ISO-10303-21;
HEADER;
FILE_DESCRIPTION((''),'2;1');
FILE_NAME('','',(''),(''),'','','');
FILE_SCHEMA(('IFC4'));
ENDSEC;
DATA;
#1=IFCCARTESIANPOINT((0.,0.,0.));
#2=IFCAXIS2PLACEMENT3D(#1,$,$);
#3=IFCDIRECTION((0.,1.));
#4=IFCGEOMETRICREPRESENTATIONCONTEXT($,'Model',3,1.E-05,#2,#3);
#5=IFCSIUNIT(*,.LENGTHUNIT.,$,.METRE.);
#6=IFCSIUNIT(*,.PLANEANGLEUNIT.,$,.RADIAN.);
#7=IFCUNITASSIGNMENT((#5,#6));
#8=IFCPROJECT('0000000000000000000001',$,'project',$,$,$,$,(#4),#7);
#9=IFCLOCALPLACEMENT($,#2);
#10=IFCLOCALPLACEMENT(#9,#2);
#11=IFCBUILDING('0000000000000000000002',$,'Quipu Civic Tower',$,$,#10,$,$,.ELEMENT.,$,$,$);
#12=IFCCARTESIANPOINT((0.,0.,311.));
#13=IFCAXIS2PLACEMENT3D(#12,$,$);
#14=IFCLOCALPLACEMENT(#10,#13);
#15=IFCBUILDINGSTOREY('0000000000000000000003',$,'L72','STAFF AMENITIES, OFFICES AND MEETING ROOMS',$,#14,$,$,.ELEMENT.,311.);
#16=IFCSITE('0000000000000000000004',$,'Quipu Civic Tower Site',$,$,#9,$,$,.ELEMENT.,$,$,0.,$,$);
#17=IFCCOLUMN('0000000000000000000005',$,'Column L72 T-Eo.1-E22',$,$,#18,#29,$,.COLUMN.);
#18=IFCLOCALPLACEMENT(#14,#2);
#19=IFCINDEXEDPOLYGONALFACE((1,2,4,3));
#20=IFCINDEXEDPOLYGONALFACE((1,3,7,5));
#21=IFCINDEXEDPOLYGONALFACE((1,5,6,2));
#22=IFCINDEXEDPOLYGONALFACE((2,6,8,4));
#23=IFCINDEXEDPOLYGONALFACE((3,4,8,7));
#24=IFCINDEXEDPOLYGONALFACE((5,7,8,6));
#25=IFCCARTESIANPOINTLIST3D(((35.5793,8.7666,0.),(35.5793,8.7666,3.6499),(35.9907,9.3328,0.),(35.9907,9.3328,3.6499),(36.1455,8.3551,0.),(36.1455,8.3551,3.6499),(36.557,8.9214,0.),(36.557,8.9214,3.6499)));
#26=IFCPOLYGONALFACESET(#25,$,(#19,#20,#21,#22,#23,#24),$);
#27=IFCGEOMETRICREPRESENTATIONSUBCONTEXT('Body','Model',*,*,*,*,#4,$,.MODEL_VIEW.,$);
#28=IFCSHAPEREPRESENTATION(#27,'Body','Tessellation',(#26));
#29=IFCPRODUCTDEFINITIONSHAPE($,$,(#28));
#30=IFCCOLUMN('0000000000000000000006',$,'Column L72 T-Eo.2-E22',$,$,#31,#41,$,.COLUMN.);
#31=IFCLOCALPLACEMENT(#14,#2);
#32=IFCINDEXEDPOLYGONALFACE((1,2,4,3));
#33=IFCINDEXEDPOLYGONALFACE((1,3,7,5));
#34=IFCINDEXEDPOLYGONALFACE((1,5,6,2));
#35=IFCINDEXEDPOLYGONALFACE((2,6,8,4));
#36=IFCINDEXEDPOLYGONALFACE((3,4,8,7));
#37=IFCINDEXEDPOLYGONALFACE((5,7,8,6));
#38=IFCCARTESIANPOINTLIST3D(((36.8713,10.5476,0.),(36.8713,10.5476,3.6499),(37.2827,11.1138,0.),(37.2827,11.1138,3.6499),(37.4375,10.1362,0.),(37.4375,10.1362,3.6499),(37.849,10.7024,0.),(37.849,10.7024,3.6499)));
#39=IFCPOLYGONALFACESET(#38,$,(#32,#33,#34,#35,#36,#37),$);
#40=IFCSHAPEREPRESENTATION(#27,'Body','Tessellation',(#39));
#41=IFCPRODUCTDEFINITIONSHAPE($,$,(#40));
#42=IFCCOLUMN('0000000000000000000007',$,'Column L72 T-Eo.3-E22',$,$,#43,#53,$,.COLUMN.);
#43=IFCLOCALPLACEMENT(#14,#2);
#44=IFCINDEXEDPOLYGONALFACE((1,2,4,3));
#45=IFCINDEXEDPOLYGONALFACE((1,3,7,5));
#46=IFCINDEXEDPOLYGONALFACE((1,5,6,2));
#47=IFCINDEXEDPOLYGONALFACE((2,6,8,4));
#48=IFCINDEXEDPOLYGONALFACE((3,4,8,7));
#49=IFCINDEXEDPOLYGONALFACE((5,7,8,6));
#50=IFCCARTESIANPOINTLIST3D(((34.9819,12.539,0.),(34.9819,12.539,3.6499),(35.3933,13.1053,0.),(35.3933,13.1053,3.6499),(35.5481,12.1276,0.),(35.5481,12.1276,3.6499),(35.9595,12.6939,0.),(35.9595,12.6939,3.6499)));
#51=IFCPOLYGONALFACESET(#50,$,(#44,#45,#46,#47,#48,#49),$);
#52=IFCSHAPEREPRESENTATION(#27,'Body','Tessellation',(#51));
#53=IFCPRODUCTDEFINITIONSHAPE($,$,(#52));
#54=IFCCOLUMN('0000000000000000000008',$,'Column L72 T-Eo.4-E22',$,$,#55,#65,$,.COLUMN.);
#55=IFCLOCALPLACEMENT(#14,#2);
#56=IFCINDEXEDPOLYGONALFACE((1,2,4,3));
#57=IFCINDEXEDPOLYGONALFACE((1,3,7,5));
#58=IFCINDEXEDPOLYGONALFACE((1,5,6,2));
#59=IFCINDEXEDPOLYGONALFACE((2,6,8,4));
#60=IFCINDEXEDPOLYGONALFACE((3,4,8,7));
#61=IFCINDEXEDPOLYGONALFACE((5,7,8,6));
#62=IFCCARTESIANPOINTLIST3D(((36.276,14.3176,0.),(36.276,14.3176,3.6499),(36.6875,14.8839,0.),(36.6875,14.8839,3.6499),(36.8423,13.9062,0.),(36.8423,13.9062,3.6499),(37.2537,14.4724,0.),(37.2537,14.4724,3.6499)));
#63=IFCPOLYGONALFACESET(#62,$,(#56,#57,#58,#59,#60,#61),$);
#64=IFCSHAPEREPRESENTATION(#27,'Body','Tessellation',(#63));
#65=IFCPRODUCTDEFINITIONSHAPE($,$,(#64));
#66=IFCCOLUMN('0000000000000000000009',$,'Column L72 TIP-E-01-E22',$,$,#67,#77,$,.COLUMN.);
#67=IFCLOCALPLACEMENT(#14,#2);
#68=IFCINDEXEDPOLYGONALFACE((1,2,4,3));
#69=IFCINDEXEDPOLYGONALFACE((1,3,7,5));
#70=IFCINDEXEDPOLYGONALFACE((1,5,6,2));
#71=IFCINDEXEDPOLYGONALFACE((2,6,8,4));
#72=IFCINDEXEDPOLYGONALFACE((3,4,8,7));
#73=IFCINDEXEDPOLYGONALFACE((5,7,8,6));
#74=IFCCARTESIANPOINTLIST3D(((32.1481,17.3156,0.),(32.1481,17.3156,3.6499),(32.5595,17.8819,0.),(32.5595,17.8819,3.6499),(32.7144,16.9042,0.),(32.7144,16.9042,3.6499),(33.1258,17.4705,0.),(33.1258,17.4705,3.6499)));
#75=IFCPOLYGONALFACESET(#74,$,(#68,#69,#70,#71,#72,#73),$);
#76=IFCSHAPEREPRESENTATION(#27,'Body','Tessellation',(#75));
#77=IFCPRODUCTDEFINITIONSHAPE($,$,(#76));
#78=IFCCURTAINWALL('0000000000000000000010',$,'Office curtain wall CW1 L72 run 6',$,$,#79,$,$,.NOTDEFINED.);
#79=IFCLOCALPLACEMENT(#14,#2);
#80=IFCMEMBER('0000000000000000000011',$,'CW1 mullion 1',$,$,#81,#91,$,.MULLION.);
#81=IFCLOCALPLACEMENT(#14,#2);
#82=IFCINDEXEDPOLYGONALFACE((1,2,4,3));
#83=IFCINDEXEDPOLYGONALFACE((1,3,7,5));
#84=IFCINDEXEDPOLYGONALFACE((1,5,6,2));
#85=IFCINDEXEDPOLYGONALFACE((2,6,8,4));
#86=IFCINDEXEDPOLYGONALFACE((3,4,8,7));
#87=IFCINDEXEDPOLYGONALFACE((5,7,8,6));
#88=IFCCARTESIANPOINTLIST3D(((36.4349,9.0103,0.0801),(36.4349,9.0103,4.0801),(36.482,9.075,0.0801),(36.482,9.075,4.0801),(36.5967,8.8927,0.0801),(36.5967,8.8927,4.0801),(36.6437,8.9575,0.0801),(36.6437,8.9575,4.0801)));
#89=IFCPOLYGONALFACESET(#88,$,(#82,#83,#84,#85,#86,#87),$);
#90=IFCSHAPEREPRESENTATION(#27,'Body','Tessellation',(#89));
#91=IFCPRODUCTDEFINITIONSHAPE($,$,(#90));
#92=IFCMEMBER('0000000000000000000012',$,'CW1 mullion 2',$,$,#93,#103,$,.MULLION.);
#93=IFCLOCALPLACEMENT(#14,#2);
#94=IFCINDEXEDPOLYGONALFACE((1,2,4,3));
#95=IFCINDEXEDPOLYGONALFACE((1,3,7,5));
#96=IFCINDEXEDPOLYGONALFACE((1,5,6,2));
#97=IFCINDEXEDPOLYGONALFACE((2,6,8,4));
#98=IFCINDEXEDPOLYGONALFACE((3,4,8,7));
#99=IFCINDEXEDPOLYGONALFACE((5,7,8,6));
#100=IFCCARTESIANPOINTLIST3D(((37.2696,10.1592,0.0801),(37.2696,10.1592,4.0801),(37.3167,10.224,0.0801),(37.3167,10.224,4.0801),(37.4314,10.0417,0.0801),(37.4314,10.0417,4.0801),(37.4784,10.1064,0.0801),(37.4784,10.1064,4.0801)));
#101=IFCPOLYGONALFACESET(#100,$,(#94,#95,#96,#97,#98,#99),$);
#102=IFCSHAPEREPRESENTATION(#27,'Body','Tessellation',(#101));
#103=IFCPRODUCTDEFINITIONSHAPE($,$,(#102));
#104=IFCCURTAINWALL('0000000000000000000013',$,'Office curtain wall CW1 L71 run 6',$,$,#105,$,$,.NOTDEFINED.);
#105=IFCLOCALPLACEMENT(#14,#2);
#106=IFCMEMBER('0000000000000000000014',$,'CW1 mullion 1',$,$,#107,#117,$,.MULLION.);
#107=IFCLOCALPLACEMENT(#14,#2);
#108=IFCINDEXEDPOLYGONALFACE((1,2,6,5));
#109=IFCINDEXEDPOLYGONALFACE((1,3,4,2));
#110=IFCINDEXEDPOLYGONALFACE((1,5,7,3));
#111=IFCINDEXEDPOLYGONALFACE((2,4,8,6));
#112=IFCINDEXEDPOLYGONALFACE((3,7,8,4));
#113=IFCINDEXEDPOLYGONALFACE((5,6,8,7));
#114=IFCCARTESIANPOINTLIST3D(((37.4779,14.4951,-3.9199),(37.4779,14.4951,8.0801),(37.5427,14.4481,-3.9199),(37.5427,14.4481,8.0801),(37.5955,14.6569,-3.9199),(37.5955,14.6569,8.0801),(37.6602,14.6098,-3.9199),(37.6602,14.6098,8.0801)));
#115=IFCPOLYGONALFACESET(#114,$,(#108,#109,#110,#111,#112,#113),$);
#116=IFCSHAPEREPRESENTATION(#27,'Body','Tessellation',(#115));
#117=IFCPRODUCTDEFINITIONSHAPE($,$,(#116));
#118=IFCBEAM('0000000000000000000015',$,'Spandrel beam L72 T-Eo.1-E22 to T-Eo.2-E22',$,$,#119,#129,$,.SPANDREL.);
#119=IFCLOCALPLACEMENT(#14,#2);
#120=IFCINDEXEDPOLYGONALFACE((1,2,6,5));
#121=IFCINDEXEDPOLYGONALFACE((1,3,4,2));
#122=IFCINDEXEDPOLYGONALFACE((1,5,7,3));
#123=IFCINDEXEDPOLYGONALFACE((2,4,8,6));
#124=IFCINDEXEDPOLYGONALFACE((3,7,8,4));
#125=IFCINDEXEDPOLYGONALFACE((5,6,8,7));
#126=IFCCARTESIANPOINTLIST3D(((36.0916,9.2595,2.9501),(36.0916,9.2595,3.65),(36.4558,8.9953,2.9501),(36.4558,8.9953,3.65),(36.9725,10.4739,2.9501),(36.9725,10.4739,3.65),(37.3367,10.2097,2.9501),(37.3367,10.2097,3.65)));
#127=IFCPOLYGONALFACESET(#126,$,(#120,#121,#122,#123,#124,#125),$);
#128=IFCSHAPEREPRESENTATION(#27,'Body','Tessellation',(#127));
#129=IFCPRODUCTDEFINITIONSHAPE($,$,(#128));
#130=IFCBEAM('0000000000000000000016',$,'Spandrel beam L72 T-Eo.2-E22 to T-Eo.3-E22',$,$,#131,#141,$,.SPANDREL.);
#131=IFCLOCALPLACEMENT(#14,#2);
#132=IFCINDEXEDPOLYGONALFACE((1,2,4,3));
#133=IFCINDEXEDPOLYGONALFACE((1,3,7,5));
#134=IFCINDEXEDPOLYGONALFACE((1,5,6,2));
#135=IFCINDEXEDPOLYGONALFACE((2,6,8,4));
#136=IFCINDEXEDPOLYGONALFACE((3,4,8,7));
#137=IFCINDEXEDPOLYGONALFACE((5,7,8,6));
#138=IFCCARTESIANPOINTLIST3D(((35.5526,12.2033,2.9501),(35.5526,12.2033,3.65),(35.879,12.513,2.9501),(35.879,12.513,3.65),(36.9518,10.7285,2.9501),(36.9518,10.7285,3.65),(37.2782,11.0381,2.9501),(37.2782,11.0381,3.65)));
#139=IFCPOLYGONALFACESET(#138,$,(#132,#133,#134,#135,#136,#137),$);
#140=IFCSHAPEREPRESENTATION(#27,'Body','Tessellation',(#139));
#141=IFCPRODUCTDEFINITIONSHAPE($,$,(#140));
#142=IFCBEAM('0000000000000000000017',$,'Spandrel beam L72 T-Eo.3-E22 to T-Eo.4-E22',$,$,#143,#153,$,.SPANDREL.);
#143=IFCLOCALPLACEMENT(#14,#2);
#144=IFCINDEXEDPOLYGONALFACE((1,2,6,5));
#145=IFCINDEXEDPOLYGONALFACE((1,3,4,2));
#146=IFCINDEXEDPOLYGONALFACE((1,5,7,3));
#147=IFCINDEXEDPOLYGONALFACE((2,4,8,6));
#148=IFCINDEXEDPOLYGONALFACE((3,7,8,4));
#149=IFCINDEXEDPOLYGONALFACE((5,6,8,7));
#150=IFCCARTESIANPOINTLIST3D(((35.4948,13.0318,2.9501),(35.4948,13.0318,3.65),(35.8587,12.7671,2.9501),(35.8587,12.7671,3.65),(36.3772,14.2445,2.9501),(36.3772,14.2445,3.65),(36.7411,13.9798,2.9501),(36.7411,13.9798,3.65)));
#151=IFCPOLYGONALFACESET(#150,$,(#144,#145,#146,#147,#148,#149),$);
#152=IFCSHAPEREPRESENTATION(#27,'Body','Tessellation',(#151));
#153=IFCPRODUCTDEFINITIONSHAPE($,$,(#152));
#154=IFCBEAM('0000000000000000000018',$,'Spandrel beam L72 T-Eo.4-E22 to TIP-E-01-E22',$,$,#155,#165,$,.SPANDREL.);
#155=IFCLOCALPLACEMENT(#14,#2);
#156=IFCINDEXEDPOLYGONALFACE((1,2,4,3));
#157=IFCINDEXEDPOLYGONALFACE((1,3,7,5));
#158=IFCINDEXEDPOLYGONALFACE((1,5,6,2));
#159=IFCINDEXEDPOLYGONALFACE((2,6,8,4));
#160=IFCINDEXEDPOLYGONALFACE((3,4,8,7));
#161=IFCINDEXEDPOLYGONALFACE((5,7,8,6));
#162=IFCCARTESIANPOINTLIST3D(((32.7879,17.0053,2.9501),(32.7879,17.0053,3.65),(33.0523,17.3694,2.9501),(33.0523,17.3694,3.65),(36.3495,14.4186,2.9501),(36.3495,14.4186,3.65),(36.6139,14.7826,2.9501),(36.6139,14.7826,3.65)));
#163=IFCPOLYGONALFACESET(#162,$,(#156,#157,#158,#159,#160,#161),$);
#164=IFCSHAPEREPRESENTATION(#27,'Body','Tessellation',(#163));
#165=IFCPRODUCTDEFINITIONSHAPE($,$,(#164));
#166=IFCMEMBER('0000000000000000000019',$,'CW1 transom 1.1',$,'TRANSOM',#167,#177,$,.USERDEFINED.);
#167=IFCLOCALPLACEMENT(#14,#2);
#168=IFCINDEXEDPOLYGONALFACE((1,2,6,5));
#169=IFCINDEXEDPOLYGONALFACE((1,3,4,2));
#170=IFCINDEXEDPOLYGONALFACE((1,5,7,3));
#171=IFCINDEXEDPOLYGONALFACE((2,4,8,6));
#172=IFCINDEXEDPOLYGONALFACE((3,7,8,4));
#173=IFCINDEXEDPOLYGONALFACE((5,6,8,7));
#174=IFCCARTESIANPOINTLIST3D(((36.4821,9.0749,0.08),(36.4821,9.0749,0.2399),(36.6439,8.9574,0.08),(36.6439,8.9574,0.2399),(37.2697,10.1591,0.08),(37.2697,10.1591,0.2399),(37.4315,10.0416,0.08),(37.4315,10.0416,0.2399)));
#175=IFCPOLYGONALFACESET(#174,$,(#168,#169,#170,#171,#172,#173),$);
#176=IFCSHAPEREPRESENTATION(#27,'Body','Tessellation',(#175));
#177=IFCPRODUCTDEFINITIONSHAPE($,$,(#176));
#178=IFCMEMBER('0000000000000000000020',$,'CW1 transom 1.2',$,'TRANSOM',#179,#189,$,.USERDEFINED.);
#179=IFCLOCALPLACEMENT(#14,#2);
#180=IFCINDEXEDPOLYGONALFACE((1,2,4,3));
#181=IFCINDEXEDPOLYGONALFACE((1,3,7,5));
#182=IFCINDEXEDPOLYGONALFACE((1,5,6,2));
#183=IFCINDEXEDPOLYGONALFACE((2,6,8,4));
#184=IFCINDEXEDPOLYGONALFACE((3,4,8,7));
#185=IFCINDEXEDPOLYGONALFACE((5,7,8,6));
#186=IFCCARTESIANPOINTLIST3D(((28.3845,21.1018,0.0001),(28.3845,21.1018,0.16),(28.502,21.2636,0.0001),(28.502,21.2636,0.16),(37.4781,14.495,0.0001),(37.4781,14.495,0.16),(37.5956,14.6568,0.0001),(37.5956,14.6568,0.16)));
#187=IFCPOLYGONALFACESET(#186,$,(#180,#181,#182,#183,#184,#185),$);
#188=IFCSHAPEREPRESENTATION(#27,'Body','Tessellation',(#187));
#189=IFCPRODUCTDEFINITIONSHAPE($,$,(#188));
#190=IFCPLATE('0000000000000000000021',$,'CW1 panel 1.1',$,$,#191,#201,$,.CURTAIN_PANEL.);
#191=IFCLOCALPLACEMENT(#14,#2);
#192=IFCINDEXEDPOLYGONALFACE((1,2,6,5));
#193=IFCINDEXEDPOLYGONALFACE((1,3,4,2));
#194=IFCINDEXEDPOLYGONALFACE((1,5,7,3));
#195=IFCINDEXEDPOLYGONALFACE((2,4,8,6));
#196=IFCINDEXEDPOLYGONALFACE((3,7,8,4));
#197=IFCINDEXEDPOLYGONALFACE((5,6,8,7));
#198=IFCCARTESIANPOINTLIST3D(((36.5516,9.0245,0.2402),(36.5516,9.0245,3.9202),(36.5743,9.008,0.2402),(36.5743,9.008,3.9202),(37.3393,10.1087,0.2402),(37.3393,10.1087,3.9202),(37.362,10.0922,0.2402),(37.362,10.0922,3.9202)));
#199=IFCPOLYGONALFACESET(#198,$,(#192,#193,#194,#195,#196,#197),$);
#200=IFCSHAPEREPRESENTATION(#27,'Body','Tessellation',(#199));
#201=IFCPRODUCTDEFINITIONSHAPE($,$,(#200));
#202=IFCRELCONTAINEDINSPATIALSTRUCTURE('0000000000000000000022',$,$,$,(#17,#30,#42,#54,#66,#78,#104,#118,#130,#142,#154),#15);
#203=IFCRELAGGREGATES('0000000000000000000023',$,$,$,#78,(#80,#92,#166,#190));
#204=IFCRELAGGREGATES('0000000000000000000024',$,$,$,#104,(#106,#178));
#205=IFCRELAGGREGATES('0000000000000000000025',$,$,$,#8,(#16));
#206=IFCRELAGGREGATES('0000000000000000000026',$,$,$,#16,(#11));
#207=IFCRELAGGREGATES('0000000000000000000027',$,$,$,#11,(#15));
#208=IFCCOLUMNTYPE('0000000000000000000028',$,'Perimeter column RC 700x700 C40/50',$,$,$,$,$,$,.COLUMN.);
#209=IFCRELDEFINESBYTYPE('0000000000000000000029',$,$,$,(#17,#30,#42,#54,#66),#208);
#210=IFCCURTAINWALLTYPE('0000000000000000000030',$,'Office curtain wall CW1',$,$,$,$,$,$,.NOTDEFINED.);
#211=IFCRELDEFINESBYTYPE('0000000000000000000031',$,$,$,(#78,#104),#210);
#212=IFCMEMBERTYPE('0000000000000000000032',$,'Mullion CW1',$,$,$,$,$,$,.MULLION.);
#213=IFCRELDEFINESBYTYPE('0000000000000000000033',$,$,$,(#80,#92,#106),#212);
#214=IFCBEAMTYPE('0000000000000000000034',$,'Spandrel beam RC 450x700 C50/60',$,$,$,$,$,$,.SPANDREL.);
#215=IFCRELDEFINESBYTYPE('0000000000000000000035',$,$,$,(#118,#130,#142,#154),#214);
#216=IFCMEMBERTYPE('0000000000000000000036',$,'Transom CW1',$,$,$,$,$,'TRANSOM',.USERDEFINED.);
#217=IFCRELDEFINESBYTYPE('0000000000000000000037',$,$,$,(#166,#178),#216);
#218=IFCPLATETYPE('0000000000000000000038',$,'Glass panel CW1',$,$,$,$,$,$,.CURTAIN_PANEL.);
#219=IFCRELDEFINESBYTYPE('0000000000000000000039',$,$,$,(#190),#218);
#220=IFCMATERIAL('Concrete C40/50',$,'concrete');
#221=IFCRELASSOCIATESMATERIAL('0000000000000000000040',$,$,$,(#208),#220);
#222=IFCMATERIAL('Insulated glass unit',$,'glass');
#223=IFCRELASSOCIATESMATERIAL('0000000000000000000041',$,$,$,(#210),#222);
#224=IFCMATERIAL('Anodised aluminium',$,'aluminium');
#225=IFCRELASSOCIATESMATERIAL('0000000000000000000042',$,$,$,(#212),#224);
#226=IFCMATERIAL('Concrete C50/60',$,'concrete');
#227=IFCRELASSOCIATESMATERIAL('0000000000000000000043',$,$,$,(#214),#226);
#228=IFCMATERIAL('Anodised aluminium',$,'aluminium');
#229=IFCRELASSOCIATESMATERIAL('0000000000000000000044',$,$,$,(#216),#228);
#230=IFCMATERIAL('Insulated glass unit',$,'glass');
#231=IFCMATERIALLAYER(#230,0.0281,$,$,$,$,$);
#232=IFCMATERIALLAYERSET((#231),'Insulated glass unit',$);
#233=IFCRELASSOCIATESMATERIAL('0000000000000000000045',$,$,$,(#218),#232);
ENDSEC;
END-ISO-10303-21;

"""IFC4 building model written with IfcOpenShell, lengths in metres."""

from ifc_helpers import new_model, si_unit, direction, frame, origin, origin_2d, place, context, subcontext, project, spatial, rectangle, extrude, material, layer, layer_set, material_profile, profile_set, type_object, element, aggregate, save


model = new_model("IFC4")

# Units and contexts
model_context = context("Model", 3, precision=1e-05, world=origin(), true_north=direction((0.0, 1.0)))
body_context = subcontext(model_context, "Body", "Model", "MODEL_VIEW")
ifc_project = project(units=[si_unit("LENGTHUNIT", "METRE"), si_unit("PLANEANGLEUNIT", "RADIAN")], contexts=[model_context])

# Site, building, storey
site_placement = place(None, origin())
site = spatial("IfcSite", under=ifc_project, at=site_placement, Name="Quipu Civic Tower Site", CompositionType="ELEMENT", RefElevation=0.0)
building_placement = place(site_placement, origin())
building = spatial("IfcBuilding", under=site, at=building_placement, Name="Quipu Civic Tower", CompositionType="ELEMENT")
storey_placement = place(building_placement, frame((0.0, 0.0, 311.0)))
storey = spatial("IfcBuildingStorey", under=building, at=storey_placement, Name="L72", Description="STAFF AMENITIES, OFFICES AND MEETING ROOMS", CompositionType="ELEMENT", Elevation=311.0)

# Columns
ifc_material_1 = material(Name="Concrete C40/50", Category="concrete")
ifc_material_profile_1 = material_profile(ifc_material_1, rectangle(XDim=0.7, YDim=0.7, at=origin_2d()), Name="RC700x700")
ifc_profile_set_1 = profile_set([ifc_material_profile_1], Name="Concrete C40/50")
column_type = type_object("IfcColumnType", Name="Perimeter column RC 700x700 C40/50", PredefinedType="COLUMN", material=ifc_profile_set_1)
for number, where, z_axis, x_axis, name in (
    (1, (36.0681, 8.844, 0.0), (0.0, 0.0, 1.0), (0.587785, 0.809017, 0.0), "Column L72 T-Eo.1-E22"),
    (2, (37.3601, 10.625, 0.0), (0.0, 0.0, 1.0), (0.587785, 0.809017, 0.0), "Column L72 T-Eo.2-E22"),
    (3, (35.4707, 12.6165, 0.0), (0.0, 0.0, 1.0), (-0.809017, 0.587785, 0.0), "Column L72 T-Eo.3-E22"),
    (4, (36.7649, 14.395, 0.0), (0.0, 0.0, 1.0), (-0.809017, 0.587785, 0.0), "Column L72 T-Eo.4-E22"),
    (5, (32.637, 17.3931, 0.0), (0.0, 0.0, 1.0), (-0.809017, 0.587785, 0.0), "Column L72 TIP-E-01-E22"),
):
    element("IfcColumn", number, at=place(storey_placement, frame(where, z_axis=z_axis, x_axis=x_axis)), inside=storey, type_object=column_type, Name=name, PredefinedType="COLUMN", context=body_context, shape_type="SweptSolid", body=[
        extrude(rectangle(XDim=0.7, YDim=0.7, at=origin_2d()), origin(), (0.0, 0.0, 1.0), 3.6499),
    ])

# Curtain wall, members
ifc_material_2 = material(Name="Insulated glass unit", Category="glass")
curtain_wall_type = type_object("IfcCurtainWallType", Name="Office curtain wall CW1", PredefinedType="NOTDEFINED", material=ifc_material_2)
curtain_wall_1_placement = place(storey_placement, origin())
curtain_wall_1 = element("IfcCurtainWall", 6, at=curtain_wall_1_placement, inside=storey, type_object=curtain_wall_type, Name="Office curtain wall CW1 L72 run 6", PredefinedType="NOTDEFINED")
ifc_material_3 = material(Name="Anodised aluminium", Category="aluminium")
ifc_material_profile_2 = material_profile(ifc_material_3, rectangle(XDim=0.2, YDim=0.0801, at=origin_2d()), Name="RECT 200x80")
ifc_profile_set_2 = profile_set([ifc_material_profile_2], Name="Anodised aluminium")
member_type_1 = type_object("IfcMemberType", Name="Mullion CW1", PredefinedType="MULLION", material=ifc_profile_set_2)
member_1_placement = place(storey_placement, frame((36.5393, 8.9839, 0.0801), z_axis=(0.0, 0.0, 1.0), x_axis=(-0.809027, 0.587771, 0.0)))
member_1 = element("IfcMember", 7, at=member_1_placement, type_object=member_type_1, Name="CW1 mullion 1", PredefinedType="MULLION", context=body_context, shape_type="SweptSolid", body=[
    extrude(rectangle(XDim=0.2, YDim=0.0801, at=origin_2d()), origin(), (0.0, 0.0, 1.0), 4.0),
])
member_2_placement = place(storey_placement, frame((37.374, 10.1328, 0.0801), z_axis=(0.0, 0.0, 1.0), x_axis=(-0.809027, 0.587771, 0.0)))
member_2 = element("IfcMember", 8, at=member_2_placement, type_object=member_type_1, Name="CW1 mullion 2", PredefinedType="MULLION", context=body_context, shape_type="SweptSolid", body=[
    extrude(rectangle(XDim=0.2, YDim=0.0801, at=origin_2d()), origin(), (0.0, 0.0, 1.0), 4.0),
])

# Curtain wall, member
curtain_wall_2_placement = place(storey_placement, origin())
curtain_wall_2 = element("IfcCurtainWall", 9, at=curtain_wall_2_placement, inside=storey, type_object=curtain_wall_type, Name="Office curtain wall CW1 L71 run 6", PredefinedType="NOTDEFINED")
member_3_placement = place(storey_placement, frame((37.5691, 14.5525, -3.9199), z_axis=(0.0, 0.0, 1.0), x_axis=(-0.587788, -0.809015, 0.0)))
member_3 = element("IfcMember", 10, at=member_3_placement, type_object=member_type_1, Name="CW1 mullion 1", PredefinedType="MULLION", context=body_context, shape_type="SweptSolid", body=[
    extrude(rectangle(XDim=0.2, YDim=0.0801, at=origin_2d()), origin(), (0.0, 0.0, 1.0), 12.0),
])

# Beams
ifc_material_4 = material(Name="Concrete C50/60", Category="concrete")
ifc_material_profile_3 = material_profile(ifc_material_4, rectangle(XDim=0.45, YDim=0.7, at=origin_2d()), Name="RC450x700")
ifc_profile_set_3 = profile_set([ifc_material_profile_3], Name="Concrete C50/60")
beam_type = type_object("IfcBeamType", Name="Spandrel beam RC 450x700 C50/60", PredefinedType="SPANDREL", material=ifc_profile_set_3)
beam_1_placement = place(storey_placement, frame((36.2737, 9.1274, 3.3), z_axis=(0.587165, 0.809467, 0.0), x_axis=(-0.809467, 0.587165, 0.0)))
element("IfcBeam", 11, at=beam_1_placement, inside=storey, type_object=beam_type, Name="Spandrel beam L72 T-Eo.1-E22 to T-Eo.2-E22", PredefinedType="SPANDREL", context=body_context, shape_type="SweptSolid", body=[
    extrude(rectangle(XDim=0.45, YDim=0.7, at=origin_2d()), origin(), (0.0, 0.0, 1.0), 1.5002),
])
beam_2_placement = place(storey_placement, frame((37.115, 10.8833, 3.3), z_axis=(-0.688247, 0.725476, 0.0), x_axis=(-0.725476, -0.688247, 0.0)))
element("IfcBeam", 12, at=beam_2_placement, inside=storey, type_object=beam_type, Name="Spandrel beam L72 T-Eo.2-E22 to T-Eo.3-E22", PredefinedType="SPANDREL", context=body_context, shape_type="SweptSolid", body=[
    extrude(rectangle(XDim=0.45, YDim=0.7, at=origin_2d()), origin(), (0.0, 0.0, 1.0), 2.033),
])
beam_3_placement = place(storey_placement, frame((35.6768, 12.8994, 3.3), z_axis=(0.588346, 0.808609, 0.0), x_axis=(-0.808609, 0.588346, 0.0)))
element("IfcBeam", 13, at=beam_3_placement, inside=storey, type_object=beam_type, Name="Spandrel beam L72 T-Eo.3-E22 to T-Eo.4-E22", PredefinedType="SPANDREL", context=body_context, shape_type="SweptSolid", body=[
    extrude(rectangle(XDim=0.45, YDim=0.7, at=origin_2d()), origin(), (0.0, 0.0, 1.0), 1.4998),
])
beam_4_placement = place(storey_placement, frame((36.4817, 14.6006, 3.3), z_axis=(-0.809117, 0.587647, 0.0), x_axis=(-0.587647, -0.809117, 0.0)))
element("IfcBeam", 14, at=beam_4_placement, inside=storey, type_object=beam_type, Name="Spandrel beam L72 T-Eo.4-E22 to TIP-E-01-E22", PredefinedType="SPANDREL", context=body_context, shape_type="SweptSolid", body=[
    extrude(rectangle(XDim=0.45, YDim=0.7, at=origin_2d()), origin(), (0.0, 0.0, 1.0), 4.4019),
])

# Members
ifc_material_5 = material(Name="Anodised aluminium", Category="aluminium")
ifc_material_profile_4 = material_profile(ifc_material_5, rectangle(XDim=0.2, YDim=0.1599, at=origin_2d()), Name="RECT 200x160")
ifc_profile_set_4 = profile_set([ifc_material_profile_4], Name="Anodised aluminium")
member_type_2 = type_object("IfcMemberType", Name="Transom CW1", ElementType="TRANSOM", PredefinedType="USERDEFINED", material=ifc_profile_set_4)
member_4_placement = place(storey_placement, frame((36.563, 9.0161, 0.1599), z_axis=(0.587717, 0.809067, 0.0), x_axis=(-0.809067, 0.587717, 0.0)))
member_4 = element("IfcMember", 15, at=member_4_placement, type_object=member_type_2, Name="CW1 transom 1.1", ObjectType="TRANSOM", PredefinedType="USERDEFINED", context=body_context, shape_type="SweptSolid", body=[
    extrude(rectangle(XDim=0.2, YDim=0.1599, at=origin_2d()), origin(), (0.0, 0.0, 1.0), 1.3401),
])
member_5_placement = place(storey_placement, frame((37.5369, 14.5759, 0.0801), z_axis=(-0.809022, 0.587778, 0.0), x_axis=(-0.587778, -0.809022, 0.0)))
member_5 = element("IfcMember", 16, at=member_5_placement, type_object=member_type_2, Name="CW1 transom 1.2", ObjectType="TRANSOM", PredefinedType="USERDEFINED", context=body_context, shape_type="SweptSolid", body=[
    extrude(rectangle(XDim=0.2, YDim=0.1599, at=origin_2d()), origin(), (0.0, 0.0, 1.0), 11.2402),
])

# Plate
ifc_material_6 = material(Name="Insulated glass unit", Category="glass")
ifc_layer = layer(ifc_material_6, 0.0281)
ifc_layer_set = layer_set([ifc_layer], Name="Insulated glass unit")
plate_type_1 = type_object("IfcPlateType", Name="Glass panel CW1", PredefinedType="CURTAIN_PANEL", material=ifc_layer_set)
plate_1_placement = place(storey_placement, frame((36.9568, 9.5583, 0.2402), z_axis=(0.0, 0.0, 1.0), x_axis=(0.587771, 0.809027, 0.0)))
plate_1 = element("IfcPlate", 17, at=plate_1_placement, type_object=plate_type_1, Name="CW1 panel 1.1", PredefinedType="CURTAIN_PANEL", context=body_context, shape_type="SweptSolid", body=[
    extrude(rectangle(XDim=1.3401, YDim=0.0281, at=origin_2d()), origin(), (0.0, 0.0, 1.0), 3.6799),
])
aggregate(curtain_wall_1, [member_1, member_2, member_4, plate_1])
aggregate(curtain_wall_2, [member_3, member_5])

save(model, "model.ifc")
